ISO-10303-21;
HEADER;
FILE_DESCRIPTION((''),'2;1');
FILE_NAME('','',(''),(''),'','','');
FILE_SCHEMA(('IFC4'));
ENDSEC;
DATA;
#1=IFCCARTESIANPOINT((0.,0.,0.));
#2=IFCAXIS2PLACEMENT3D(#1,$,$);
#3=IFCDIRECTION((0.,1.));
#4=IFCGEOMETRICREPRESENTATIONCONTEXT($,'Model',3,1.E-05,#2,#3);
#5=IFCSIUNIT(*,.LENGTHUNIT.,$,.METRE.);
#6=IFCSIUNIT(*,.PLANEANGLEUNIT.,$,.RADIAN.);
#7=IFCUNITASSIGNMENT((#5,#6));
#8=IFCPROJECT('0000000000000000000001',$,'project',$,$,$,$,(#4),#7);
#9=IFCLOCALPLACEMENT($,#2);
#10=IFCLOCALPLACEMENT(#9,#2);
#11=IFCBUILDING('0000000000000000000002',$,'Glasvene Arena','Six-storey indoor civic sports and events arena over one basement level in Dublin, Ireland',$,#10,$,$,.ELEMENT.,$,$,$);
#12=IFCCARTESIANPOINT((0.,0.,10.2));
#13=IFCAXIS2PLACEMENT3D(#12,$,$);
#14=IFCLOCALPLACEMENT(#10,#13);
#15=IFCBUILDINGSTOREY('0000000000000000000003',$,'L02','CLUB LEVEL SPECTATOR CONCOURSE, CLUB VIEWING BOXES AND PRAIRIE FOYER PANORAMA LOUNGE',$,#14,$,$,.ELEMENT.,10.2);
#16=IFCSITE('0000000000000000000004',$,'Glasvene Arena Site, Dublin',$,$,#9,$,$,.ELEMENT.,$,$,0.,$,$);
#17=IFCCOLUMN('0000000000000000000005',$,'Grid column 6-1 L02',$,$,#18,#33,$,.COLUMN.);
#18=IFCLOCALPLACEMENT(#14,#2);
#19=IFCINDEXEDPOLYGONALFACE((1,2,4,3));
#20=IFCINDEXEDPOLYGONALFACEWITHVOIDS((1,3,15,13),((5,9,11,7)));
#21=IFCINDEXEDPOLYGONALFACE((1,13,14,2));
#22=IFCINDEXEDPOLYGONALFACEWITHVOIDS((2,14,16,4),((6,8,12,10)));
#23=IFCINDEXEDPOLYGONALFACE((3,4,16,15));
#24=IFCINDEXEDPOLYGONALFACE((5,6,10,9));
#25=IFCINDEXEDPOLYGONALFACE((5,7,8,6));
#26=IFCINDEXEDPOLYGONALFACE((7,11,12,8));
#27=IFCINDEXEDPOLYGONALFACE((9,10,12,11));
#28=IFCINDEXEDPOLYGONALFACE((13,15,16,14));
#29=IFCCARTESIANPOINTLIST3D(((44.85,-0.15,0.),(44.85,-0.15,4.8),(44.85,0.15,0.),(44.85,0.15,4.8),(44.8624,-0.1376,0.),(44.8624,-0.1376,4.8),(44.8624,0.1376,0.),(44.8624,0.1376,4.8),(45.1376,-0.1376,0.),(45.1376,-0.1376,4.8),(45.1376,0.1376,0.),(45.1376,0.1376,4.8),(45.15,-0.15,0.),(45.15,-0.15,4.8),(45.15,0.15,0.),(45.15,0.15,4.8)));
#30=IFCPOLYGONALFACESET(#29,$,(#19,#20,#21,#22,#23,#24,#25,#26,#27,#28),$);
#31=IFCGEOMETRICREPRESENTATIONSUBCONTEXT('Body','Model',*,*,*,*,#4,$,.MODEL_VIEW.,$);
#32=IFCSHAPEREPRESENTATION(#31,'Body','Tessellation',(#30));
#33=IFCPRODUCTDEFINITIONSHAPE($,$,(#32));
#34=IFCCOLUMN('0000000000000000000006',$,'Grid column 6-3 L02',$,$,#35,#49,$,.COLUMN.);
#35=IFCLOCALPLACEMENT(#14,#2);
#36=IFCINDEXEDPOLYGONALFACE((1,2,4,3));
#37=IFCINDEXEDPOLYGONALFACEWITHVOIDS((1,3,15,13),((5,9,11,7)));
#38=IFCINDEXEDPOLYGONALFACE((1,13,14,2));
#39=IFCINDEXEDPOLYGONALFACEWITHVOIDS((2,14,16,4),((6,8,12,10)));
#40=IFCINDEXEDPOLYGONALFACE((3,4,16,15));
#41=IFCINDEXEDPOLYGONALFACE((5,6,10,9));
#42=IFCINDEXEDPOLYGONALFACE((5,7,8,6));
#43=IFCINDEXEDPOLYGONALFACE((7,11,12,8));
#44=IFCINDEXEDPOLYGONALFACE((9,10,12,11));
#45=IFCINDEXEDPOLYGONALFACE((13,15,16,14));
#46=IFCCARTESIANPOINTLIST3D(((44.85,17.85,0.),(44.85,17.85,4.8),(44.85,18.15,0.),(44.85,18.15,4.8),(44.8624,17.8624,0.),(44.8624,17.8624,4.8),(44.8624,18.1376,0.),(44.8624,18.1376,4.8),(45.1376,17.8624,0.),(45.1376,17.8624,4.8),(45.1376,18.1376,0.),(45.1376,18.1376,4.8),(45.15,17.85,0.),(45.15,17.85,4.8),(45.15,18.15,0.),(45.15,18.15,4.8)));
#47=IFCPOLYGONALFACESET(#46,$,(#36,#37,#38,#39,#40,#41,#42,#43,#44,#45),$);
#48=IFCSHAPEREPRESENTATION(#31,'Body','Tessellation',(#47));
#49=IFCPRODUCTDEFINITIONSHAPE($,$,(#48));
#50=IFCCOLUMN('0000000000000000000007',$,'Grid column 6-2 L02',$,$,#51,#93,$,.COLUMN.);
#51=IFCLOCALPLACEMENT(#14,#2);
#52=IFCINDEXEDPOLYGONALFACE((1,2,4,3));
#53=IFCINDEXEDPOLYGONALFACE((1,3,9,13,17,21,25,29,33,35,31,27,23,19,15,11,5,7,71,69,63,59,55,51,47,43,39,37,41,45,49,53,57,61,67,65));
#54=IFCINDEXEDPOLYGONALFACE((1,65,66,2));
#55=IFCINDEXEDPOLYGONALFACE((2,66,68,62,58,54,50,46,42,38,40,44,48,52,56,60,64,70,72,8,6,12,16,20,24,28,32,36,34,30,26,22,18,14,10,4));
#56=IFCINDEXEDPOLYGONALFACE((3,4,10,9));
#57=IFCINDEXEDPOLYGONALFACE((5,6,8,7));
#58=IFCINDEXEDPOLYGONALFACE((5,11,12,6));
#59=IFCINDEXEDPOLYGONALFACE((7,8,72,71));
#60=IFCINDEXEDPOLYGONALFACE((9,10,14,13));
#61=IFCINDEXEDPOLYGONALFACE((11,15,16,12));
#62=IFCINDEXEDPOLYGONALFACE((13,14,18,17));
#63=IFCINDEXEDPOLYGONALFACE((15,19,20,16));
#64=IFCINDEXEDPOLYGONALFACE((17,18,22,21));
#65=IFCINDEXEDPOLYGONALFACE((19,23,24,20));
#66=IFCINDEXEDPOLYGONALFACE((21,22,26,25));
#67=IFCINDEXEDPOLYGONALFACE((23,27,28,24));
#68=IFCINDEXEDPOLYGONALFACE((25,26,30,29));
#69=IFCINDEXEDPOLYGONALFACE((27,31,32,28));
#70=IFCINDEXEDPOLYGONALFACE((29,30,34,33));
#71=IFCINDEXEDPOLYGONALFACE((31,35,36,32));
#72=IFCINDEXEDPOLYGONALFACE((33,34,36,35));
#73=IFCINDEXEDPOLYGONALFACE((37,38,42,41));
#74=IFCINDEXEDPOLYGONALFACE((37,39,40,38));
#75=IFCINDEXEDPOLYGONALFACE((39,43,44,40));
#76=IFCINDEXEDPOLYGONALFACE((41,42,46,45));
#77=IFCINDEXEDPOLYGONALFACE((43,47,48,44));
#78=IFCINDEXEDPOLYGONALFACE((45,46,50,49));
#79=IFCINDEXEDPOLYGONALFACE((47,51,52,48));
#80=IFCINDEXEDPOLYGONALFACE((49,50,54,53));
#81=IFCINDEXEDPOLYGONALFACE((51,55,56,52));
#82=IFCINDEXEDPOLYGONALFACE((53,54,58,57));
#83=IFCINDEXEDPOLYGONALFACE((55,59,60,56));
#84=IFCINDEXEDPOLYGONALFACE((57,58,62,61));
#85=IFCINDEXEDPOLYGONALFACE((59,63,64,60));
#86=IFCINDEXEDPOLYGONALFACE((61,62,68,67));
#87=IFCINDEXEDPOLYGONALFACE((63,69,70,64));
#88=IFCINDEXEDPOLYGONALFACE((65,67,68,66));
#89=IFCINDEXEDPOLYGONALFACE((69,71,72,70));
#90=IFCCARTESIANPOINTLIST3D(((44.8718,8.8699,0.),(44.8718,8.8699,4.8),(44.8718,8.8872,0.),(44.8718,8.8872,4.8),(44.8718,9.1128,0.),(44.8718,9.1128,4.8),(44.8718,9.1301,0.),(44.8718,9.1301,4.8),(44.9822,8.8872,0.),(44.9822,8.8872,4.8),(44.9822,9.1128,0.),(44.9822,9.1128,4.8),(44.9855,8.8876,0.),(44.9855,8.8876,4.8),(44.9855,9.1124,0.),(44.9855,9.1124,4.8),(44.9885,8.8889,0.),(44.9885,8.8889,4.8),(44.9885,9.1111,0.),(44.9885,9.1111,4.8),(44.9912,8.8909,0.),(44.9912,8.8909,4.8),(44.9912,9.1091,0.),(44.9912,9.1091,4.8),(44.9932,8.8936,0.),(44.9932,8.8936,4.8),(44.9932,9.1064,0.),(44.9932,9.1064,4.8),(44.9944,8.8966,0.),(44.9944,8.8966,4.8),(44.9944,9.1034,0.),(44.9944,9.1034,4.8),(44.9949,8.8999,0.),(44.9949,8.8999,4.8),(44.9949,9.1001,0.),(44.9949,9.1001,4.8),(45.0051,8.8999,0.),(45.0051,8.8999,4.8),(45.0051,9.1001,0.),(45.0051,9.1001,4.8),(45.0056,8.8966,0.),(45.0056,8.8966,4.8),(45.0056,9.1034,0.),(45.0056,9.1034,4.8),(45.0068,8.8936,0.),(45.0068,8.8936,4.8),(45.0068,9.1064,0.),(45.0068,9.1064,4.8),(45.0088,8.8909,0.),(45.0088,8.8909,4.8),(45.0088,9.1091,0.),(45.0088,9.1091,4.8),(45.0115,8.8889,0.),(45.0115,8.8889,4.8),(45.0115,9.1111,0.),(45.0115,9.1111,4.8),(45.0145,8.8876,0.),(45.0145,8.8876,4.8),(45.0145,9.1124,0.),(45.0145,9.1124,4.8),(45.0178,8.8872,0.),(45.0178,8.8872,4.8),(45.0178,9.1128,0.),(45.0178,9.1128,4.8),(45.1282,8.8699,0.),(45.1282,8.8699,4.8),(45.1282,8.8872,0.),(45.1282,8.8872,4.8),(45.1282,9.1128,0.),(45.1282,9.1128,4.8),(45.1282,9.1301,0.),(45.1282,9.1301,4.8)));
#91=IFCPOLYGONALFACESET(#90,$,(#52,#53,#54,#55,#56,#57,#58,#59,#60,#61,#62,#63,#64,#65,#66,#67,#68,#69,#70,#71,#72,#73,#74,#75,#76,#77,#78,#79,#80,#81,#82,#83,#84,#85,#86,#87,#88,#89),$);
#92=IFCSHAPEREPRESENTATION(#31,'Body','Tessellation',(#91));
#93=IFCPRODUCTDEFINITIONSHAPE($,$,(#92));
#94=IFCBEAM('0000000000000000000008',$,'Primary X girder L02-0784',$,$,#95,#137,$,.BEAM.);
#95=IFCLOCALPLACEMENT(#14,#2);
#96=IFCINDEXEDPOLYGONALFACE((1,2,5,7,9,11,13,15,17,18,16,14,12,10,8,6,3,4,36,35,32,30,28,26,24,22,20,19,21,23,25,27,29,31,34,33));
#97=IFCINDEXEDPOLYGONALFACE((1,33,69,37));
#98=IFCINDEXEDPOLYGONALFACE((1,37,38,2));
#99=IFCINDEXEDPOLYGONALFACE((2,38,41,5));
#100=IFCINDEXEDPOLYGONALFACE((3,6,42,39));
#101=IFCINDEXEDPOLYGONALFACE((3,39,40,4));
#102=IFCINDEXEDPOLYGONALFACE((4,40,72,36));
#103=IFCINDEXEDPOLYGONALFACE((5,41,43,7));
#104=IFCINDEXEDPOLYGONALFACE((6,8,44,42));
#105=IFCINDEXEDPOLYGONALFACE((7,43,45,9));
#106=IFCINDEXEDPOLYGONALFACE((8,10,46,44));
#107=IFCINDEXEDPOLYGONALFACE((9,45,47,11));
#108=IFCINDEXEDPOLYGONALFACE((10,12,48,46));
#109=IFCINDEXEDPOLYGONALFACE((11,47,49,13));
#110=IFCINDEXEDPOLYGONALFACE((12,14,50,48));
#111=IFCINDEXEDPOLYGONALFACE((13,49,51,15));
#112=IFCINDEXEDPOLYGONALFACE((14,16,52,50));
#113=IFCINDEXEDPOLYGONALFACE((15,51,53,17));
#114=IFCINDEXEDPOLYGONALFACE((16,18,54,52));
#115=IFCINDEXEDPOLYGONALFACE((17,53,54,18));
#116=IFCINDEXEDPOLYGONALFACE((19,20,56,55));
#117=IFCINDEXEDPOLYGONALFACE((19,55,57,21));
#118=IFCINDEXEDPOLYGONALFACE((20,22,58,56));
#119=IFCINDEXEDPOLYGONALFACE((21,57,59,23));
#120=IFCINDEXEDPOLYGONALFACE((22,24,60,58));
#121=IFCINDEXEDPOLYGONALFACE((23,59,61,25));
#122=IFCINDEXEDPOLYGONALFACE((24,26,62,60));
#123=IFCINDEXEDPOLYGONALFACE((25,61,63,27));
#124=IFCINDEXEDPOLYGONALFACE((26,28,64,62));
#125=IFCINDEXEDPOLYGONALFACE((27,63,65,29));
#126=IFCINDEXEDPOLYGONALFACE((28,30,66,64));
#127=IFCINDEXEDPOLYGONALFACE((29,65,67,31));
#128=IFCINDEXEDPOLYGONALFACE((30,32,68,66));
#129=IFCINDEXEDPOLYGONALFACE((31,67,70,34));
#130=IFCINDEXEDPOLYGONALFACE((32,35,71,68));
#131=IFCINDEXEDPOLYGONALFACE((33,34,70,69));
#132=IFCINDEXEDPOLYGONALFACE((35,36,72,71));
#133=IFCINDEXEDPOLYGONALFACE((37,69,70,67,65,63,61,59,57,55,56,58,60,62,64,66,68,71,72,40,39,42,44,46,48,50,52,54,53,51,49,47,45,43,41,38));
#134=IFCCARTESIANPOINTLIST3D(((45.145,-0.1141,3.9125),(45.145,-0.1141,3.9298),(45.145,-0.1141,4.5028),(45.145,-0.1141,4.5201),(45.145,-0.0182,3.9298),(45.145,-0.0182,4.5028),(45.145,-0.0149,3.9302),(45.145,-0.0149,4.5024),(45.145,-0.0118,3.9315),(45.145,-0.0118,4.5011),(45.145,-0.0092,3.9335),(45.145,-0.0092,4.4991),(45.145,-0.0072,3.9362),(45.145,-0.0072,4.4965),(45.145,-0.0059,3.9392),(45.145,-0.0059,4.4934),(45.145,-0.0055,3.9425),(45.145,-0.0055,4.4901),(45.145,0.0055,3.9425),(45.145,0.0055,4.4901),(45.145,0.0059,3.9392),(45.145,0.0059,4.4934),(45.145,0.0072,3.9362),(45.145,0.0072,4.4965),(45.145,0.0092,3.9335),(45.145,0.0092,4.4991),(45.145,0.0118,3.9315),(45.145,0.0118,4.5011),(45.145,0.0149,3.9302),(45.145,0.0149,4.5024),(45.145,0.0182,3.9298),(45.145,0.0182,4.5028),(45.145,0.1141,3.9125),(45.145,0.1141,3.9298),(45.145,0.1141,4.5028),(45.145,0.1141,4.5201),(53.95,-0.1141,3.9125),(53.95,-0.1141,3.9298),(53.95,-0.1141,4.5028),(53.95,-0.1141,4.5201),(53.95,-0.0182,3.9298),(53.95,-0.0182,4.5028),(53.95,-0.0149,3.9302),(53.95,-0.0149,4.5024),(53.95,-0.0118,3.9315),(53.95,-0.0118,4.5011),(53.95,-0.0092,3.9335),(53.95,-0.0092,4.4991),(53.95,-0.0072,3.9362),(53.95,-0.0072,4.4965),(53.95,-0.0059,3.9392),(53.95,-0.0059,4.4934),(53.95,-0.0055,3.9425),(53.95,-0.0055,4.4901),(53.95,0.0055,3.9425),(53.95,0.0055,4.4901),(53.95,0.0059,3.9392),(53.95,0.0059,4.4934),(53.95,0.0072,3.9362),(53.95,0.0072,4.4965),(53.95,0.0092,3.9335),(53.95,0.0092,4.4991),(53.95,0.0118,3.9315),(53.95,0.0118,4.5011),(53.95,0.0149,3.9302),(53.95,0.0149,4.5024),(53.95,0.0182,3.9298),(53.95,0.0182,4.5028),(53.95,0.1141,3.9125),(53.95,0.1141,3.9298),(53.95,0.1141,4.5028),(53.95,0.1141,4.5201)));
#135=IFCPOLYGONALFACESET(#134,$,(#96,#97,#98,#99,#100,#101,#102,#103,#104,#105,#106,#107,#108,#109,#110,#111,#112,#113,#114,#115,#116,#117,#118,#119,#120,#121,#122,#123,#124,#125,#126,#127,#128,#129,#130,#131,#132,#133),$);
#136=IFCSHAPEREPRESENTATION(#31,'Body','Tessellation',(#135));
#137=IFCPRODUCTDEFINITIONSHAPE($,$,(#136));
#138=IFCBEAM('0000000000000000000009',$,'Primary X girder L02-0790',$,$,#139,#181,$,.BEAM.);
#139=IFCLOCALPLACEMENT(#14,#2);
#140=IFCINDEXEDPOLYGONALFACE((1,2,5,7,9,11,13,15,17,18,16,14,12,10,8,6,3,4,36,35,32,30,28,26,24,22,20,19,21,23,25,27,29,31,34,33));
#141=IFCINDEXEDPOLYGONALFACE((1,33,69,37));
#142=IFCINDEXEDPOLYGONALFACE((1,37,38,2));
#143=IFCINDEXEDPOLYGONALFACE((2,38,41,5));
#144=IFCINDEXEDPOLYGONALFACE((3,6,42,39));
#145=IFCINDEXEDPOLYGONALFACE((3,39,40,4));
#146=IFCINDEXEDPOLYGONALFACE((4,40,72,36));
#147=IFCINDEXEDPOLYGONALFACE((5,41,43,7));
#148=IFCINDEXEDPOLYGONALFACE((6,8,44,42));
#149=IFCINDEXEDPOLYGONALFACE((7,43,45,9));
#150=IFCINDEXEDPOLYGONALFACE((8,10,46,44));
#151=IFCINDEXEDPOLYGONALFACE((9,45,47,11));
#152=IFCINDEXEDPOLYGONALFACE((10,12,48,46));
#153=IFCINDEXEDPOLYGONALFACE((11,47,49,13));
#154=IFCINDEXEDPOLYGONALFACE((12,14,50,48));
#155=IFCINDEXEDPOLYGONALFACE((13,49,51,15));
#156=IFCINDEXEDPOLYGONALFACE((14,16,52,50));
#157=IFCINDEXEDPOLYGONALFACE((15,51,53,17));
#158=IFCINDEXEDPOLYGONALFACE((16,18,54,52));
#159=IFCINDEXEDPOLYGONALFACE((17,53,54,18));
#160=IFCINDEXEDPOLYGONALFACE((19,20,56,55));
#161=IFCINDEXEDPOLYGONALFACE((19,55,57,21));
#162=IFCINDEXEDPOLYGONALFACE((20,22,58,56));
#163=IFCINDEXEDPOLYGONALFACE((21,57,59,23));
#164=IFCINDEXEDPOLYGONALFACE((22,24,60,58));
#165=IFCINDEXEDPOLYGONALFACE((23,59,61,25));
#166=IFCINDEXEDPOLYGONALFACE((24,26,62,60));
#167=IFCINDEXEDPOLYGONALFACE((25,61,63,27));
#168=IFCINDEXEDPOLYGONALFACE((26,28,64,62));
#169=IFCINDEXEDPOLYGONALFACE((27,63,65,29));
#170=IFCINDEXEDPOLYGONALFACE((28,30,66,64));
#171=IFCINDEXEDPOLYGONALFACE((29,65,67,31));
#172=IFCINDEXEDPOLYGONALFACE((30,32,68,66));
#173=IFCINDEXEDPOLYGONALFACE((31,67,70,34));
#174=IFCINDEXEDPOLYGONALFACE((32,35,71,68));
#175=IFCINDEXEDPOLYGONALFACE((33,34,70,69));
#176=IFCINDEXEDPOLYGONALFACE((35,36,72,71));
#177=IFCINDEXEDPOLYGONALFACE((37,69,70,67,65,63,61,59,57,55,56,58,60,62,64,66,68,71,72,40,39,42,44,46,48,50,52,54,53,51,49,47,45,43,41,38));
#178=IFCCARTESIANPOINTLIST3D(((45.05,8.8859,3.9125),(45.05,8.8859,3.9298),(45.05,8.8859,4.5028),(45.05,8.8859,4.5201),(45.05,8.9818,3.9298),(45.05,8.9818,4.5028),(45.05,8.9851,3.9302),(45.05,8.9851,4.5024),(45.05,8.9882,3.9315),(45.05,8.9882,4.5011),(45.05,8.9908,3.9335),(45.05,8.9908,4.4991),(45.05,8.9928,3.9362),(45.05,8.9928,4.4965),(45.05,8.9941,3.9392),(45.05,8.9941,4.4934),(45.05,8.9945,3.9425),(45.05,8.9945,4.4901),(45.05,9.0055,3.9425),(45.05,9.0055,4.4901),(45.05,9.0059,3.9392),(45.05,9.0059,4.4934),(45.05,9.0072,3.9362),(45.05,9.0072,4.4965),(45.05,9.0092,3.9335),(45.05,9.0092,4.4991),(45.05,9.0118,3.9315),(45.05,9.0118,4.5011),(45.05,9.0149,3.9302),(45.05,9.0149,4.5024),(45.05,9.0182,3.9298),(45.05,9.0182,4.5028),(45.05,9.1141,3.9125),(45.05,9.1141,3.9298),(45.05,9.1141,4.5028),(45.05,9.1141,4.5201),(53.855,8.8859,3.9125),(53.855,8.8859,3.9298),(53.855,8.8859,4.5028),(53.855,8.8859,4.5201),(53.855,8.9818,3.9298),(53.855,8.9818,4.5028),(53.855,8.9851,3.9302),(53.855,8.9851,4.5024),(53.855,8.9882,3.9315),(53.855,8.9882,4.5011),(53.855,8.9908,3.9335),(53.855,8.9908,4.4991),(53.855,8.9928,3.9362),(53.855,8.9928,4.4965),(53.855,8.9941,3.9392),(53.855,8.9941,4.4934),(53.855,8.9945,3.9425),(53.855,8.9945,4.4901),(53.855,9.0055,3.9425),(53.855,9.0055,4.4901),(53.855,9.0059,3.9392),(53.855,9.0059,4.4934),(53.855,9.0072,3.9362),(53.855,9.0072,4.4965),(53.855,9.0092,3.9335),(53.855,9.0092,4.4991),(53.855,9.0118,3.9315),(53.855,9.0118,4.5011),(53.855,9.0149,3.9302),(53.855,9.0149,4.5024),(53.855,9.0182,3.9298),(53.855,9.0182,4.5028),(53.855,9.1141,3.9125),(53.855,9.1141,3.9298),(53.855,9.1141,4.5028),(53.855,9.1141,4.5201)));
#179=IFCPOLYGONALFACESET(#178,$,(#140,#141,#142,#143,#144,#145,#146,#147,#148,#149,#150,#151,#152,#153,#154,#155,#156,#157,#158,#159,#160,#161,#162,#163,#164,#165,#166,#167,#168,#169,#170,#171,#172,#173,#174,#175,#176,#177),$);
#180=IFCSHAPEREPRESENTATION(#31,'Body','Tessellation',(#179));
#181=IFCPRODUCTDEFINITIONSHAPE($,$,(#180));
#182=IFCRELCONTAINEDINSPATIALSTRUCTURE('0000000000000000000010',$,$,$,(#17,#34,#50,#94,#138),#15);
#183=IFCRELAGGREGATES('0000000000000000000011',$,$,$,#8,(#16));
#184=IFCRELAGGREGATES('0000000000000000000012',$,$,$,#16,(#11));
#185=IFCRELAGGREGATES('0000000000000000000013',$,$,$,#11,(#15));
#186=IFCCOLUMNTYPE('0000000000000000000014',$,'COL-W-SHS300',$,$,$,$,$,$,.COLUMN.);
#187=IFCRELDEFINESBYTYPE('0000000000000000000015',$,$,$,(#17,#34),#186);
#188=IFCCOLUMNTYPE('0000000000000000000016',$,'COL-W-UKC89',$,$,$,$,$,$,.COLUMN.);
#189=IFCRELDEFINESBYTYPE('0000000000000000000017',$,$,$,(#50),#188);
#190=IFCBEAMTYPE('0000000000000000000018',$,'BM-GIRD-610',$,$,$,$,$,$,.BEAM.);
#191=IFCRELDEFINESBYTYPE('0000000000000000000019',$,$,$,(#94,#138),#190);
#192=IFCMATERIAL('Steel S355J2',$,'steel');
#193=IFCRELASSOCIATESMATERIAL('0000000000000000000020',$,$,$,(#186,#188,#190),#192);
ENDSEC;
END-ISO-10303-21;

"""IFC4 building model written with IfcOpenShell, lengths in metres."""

from ifc_helpers import new_model, si_unit, direction, frame, origin, origin_2d, place, context, subcontext, project, spatial, hollow_rectangle, i_section, extrude, material, material_profile, profile_set, type_object, element, save


model = new_model("IFC4")

# Units and contexts
model_context = context("Model", 3, precision=1e-05, world=origin(), true_north=direction((0.0, 1.0)))
body_context = subcontext(model_context, "Body", "Model", "MODEL_VIEW")
ifc_project = project(units=[si_unit("LENGTHUNIT", "METRE"), si_unit("PLANEANGLEUNIT", "RADIAN")], contexts=[model_context])

# Site, building, storey
site_placement = place(None, origin())
site = spatial("IfcSite", under=ifc_project, at=site_placement, Name="Glasvene Arena Site, Dublin", CompositionType="ELEMENT", RefElevation=0.0)
building_placement = place(site_placement, origin())
building = spatial("IfcBuilding", under=site, at=building_placement, Name="Glasvene Arena", Description="Six-storey indoor civic sports and events arena over one basement level in Dublin, Ireland", CompositionType="ELEMENT")
storey_placement = place(building_placement, frame((0.0, 0.0, 10.2)))
storey = spatial("IfcBuildingStorey", under=building, at=storey_placement, Name="L02", Description="CLUB LEVEL SPECTATOR CONCOURSE, CLUB VIEWING BOXES AND PRAIRIE FOYER PANORAMA LOUNGE", CompositionType="ELEMENT", Elevation=10.2)

# Columns
ifc_material_1 = material(Name="Steel S355J2", Category="steel")
ifc_material_profile_1 = material_profile(ifc_material_1, hollow_rectangle(XDim=0.3, YDim=0.3, WallThickness=0.0125, at=origin_2d()), Name="SHS 300x300x12.5")
ifc_profile_set_1 = profile_set([ifc_material_profile_1], Name="Steel S355J2")
column_type_1 = type_object("IfcColumnType", Name="COL-W-SHS300", PredefinedType="COLUMN", material=ifc_profile_set_1)
for number, where, z_axis, x_axis, name in (
    (1, (45.0, 0.0, 0.0), (0.0, 0.0, 1.0), (1.0, 0.0, 0.0), "Grid column 6-1 L02"),
    (2, (45.0, 18.0, 0.0), (0.0, 0.0, 1.0), (1.0, 0.0, 0.0), "Grid column 6-3 L02"),
):
    element("IfcColumn", number, at=place(storey_placement, frame(where, z_axis=z_axis, x_axis=x_axis)), inside=storey, type_object=column_type_1, Name=name, PredefinedType="COLUMN", context=body_context, shape_type="SweptSolid", body=[
        extrude(hollow_rectangle(XDim=0.3, YDim=0.3, WallThickness=0.0125, at=origin_2d()), origin(), (0.0, 0.0, 1.0), 4.8),
    ])
ifc_material_profile_2 = material_profile(ifc_material_1, i_section(OverallWidth=0.2563, OverallDepth=0.2603, WebThickness=0.0103, FlangeThickness=0.0173, FilletRadius=0.0127, at=origin_2d()), Name="UKC 254x254x89")
ifc_profile_set_2 = profile_set([ifc_material_profile_2], Name="Steel S355J2")
column_type_2 = type_object("IfcColumnType", Name="COL-W-UKC89", PredefinedType="COLUMN", material=ifc_profile_set_2)
column_placement = place(storey_placement, frame((45.0, 9.0, 0.0), z_axis=(0.0, 0.0, 1.0), x_axis=(1.0, 0.0, 0.0)))
element("IfcColumn", 3, at=column_placement, inside=storey, type_object=column_type_2, Name="Grid column 6-2 L02", PredefinedType="COLUMN", context=body_context, shape_type="SweptSolid", body=[
    extrude(i_section(OverallWidth=0.2563, OverallDepth=0.2603, WebThickness=0.0103, FlangeThickness=0.0173, FilletRadius=0.0127, at=origin_2d()), origin(), (0.0, 0.0, 1.0), 4.8),
])

# Beams
ifc_material_profile_3 = material_profile(ifc_material_1, i_section(OverallWidth=0.2283, OverallDepth=0.6077, WebThickness=0.011, FlangeThickness=0.0173, FilletRadius=0.0127, at=origin_2d()), Name="UKB 610x229x113")
ifc_profile_set_3 = profile_set([ifc_material_profile_3], Name="Steel S355J2")
beam_type_1 = type_object("IfcBeamType", Name="BM-GIRD-610", PredefinedType="BEAM", material=ifc_profile_set_3)
for number, where, z_axis, x_axis, name in (
    (4, (45.145, 0.0, 4.2163), (1.0, 0.0, 0.0), (0.0, 1.0, 0.0), "Primary X girder L02-0784"),
    (5, (45.05, 9.0, 4.2163), (1.0, 0.0, 0.0), (0.0, 1.0, 0.0), "Primary X girder L02-0790"),
):
    element("IfcBeam", number, at=place(storey_placement, frame(where, z_axis=z_axis, x_axis=x_axis)), inside=storey, type_object=beam_type_1, Name=name, PredefinedType="BEAM", context=body_context, shape_type="SweptSolid", body=[
        extrude(i_section(OverallWidth=0.2283, OverallDepth=0.6077, WebThickness=0.011, FlangeThickness=0.0173, FilletRadius=0.0127, at=origin_2d()), origin(), (0.0, 0.0, 1.0), 8.8049),
    ])

save(model, "model.ifc")
